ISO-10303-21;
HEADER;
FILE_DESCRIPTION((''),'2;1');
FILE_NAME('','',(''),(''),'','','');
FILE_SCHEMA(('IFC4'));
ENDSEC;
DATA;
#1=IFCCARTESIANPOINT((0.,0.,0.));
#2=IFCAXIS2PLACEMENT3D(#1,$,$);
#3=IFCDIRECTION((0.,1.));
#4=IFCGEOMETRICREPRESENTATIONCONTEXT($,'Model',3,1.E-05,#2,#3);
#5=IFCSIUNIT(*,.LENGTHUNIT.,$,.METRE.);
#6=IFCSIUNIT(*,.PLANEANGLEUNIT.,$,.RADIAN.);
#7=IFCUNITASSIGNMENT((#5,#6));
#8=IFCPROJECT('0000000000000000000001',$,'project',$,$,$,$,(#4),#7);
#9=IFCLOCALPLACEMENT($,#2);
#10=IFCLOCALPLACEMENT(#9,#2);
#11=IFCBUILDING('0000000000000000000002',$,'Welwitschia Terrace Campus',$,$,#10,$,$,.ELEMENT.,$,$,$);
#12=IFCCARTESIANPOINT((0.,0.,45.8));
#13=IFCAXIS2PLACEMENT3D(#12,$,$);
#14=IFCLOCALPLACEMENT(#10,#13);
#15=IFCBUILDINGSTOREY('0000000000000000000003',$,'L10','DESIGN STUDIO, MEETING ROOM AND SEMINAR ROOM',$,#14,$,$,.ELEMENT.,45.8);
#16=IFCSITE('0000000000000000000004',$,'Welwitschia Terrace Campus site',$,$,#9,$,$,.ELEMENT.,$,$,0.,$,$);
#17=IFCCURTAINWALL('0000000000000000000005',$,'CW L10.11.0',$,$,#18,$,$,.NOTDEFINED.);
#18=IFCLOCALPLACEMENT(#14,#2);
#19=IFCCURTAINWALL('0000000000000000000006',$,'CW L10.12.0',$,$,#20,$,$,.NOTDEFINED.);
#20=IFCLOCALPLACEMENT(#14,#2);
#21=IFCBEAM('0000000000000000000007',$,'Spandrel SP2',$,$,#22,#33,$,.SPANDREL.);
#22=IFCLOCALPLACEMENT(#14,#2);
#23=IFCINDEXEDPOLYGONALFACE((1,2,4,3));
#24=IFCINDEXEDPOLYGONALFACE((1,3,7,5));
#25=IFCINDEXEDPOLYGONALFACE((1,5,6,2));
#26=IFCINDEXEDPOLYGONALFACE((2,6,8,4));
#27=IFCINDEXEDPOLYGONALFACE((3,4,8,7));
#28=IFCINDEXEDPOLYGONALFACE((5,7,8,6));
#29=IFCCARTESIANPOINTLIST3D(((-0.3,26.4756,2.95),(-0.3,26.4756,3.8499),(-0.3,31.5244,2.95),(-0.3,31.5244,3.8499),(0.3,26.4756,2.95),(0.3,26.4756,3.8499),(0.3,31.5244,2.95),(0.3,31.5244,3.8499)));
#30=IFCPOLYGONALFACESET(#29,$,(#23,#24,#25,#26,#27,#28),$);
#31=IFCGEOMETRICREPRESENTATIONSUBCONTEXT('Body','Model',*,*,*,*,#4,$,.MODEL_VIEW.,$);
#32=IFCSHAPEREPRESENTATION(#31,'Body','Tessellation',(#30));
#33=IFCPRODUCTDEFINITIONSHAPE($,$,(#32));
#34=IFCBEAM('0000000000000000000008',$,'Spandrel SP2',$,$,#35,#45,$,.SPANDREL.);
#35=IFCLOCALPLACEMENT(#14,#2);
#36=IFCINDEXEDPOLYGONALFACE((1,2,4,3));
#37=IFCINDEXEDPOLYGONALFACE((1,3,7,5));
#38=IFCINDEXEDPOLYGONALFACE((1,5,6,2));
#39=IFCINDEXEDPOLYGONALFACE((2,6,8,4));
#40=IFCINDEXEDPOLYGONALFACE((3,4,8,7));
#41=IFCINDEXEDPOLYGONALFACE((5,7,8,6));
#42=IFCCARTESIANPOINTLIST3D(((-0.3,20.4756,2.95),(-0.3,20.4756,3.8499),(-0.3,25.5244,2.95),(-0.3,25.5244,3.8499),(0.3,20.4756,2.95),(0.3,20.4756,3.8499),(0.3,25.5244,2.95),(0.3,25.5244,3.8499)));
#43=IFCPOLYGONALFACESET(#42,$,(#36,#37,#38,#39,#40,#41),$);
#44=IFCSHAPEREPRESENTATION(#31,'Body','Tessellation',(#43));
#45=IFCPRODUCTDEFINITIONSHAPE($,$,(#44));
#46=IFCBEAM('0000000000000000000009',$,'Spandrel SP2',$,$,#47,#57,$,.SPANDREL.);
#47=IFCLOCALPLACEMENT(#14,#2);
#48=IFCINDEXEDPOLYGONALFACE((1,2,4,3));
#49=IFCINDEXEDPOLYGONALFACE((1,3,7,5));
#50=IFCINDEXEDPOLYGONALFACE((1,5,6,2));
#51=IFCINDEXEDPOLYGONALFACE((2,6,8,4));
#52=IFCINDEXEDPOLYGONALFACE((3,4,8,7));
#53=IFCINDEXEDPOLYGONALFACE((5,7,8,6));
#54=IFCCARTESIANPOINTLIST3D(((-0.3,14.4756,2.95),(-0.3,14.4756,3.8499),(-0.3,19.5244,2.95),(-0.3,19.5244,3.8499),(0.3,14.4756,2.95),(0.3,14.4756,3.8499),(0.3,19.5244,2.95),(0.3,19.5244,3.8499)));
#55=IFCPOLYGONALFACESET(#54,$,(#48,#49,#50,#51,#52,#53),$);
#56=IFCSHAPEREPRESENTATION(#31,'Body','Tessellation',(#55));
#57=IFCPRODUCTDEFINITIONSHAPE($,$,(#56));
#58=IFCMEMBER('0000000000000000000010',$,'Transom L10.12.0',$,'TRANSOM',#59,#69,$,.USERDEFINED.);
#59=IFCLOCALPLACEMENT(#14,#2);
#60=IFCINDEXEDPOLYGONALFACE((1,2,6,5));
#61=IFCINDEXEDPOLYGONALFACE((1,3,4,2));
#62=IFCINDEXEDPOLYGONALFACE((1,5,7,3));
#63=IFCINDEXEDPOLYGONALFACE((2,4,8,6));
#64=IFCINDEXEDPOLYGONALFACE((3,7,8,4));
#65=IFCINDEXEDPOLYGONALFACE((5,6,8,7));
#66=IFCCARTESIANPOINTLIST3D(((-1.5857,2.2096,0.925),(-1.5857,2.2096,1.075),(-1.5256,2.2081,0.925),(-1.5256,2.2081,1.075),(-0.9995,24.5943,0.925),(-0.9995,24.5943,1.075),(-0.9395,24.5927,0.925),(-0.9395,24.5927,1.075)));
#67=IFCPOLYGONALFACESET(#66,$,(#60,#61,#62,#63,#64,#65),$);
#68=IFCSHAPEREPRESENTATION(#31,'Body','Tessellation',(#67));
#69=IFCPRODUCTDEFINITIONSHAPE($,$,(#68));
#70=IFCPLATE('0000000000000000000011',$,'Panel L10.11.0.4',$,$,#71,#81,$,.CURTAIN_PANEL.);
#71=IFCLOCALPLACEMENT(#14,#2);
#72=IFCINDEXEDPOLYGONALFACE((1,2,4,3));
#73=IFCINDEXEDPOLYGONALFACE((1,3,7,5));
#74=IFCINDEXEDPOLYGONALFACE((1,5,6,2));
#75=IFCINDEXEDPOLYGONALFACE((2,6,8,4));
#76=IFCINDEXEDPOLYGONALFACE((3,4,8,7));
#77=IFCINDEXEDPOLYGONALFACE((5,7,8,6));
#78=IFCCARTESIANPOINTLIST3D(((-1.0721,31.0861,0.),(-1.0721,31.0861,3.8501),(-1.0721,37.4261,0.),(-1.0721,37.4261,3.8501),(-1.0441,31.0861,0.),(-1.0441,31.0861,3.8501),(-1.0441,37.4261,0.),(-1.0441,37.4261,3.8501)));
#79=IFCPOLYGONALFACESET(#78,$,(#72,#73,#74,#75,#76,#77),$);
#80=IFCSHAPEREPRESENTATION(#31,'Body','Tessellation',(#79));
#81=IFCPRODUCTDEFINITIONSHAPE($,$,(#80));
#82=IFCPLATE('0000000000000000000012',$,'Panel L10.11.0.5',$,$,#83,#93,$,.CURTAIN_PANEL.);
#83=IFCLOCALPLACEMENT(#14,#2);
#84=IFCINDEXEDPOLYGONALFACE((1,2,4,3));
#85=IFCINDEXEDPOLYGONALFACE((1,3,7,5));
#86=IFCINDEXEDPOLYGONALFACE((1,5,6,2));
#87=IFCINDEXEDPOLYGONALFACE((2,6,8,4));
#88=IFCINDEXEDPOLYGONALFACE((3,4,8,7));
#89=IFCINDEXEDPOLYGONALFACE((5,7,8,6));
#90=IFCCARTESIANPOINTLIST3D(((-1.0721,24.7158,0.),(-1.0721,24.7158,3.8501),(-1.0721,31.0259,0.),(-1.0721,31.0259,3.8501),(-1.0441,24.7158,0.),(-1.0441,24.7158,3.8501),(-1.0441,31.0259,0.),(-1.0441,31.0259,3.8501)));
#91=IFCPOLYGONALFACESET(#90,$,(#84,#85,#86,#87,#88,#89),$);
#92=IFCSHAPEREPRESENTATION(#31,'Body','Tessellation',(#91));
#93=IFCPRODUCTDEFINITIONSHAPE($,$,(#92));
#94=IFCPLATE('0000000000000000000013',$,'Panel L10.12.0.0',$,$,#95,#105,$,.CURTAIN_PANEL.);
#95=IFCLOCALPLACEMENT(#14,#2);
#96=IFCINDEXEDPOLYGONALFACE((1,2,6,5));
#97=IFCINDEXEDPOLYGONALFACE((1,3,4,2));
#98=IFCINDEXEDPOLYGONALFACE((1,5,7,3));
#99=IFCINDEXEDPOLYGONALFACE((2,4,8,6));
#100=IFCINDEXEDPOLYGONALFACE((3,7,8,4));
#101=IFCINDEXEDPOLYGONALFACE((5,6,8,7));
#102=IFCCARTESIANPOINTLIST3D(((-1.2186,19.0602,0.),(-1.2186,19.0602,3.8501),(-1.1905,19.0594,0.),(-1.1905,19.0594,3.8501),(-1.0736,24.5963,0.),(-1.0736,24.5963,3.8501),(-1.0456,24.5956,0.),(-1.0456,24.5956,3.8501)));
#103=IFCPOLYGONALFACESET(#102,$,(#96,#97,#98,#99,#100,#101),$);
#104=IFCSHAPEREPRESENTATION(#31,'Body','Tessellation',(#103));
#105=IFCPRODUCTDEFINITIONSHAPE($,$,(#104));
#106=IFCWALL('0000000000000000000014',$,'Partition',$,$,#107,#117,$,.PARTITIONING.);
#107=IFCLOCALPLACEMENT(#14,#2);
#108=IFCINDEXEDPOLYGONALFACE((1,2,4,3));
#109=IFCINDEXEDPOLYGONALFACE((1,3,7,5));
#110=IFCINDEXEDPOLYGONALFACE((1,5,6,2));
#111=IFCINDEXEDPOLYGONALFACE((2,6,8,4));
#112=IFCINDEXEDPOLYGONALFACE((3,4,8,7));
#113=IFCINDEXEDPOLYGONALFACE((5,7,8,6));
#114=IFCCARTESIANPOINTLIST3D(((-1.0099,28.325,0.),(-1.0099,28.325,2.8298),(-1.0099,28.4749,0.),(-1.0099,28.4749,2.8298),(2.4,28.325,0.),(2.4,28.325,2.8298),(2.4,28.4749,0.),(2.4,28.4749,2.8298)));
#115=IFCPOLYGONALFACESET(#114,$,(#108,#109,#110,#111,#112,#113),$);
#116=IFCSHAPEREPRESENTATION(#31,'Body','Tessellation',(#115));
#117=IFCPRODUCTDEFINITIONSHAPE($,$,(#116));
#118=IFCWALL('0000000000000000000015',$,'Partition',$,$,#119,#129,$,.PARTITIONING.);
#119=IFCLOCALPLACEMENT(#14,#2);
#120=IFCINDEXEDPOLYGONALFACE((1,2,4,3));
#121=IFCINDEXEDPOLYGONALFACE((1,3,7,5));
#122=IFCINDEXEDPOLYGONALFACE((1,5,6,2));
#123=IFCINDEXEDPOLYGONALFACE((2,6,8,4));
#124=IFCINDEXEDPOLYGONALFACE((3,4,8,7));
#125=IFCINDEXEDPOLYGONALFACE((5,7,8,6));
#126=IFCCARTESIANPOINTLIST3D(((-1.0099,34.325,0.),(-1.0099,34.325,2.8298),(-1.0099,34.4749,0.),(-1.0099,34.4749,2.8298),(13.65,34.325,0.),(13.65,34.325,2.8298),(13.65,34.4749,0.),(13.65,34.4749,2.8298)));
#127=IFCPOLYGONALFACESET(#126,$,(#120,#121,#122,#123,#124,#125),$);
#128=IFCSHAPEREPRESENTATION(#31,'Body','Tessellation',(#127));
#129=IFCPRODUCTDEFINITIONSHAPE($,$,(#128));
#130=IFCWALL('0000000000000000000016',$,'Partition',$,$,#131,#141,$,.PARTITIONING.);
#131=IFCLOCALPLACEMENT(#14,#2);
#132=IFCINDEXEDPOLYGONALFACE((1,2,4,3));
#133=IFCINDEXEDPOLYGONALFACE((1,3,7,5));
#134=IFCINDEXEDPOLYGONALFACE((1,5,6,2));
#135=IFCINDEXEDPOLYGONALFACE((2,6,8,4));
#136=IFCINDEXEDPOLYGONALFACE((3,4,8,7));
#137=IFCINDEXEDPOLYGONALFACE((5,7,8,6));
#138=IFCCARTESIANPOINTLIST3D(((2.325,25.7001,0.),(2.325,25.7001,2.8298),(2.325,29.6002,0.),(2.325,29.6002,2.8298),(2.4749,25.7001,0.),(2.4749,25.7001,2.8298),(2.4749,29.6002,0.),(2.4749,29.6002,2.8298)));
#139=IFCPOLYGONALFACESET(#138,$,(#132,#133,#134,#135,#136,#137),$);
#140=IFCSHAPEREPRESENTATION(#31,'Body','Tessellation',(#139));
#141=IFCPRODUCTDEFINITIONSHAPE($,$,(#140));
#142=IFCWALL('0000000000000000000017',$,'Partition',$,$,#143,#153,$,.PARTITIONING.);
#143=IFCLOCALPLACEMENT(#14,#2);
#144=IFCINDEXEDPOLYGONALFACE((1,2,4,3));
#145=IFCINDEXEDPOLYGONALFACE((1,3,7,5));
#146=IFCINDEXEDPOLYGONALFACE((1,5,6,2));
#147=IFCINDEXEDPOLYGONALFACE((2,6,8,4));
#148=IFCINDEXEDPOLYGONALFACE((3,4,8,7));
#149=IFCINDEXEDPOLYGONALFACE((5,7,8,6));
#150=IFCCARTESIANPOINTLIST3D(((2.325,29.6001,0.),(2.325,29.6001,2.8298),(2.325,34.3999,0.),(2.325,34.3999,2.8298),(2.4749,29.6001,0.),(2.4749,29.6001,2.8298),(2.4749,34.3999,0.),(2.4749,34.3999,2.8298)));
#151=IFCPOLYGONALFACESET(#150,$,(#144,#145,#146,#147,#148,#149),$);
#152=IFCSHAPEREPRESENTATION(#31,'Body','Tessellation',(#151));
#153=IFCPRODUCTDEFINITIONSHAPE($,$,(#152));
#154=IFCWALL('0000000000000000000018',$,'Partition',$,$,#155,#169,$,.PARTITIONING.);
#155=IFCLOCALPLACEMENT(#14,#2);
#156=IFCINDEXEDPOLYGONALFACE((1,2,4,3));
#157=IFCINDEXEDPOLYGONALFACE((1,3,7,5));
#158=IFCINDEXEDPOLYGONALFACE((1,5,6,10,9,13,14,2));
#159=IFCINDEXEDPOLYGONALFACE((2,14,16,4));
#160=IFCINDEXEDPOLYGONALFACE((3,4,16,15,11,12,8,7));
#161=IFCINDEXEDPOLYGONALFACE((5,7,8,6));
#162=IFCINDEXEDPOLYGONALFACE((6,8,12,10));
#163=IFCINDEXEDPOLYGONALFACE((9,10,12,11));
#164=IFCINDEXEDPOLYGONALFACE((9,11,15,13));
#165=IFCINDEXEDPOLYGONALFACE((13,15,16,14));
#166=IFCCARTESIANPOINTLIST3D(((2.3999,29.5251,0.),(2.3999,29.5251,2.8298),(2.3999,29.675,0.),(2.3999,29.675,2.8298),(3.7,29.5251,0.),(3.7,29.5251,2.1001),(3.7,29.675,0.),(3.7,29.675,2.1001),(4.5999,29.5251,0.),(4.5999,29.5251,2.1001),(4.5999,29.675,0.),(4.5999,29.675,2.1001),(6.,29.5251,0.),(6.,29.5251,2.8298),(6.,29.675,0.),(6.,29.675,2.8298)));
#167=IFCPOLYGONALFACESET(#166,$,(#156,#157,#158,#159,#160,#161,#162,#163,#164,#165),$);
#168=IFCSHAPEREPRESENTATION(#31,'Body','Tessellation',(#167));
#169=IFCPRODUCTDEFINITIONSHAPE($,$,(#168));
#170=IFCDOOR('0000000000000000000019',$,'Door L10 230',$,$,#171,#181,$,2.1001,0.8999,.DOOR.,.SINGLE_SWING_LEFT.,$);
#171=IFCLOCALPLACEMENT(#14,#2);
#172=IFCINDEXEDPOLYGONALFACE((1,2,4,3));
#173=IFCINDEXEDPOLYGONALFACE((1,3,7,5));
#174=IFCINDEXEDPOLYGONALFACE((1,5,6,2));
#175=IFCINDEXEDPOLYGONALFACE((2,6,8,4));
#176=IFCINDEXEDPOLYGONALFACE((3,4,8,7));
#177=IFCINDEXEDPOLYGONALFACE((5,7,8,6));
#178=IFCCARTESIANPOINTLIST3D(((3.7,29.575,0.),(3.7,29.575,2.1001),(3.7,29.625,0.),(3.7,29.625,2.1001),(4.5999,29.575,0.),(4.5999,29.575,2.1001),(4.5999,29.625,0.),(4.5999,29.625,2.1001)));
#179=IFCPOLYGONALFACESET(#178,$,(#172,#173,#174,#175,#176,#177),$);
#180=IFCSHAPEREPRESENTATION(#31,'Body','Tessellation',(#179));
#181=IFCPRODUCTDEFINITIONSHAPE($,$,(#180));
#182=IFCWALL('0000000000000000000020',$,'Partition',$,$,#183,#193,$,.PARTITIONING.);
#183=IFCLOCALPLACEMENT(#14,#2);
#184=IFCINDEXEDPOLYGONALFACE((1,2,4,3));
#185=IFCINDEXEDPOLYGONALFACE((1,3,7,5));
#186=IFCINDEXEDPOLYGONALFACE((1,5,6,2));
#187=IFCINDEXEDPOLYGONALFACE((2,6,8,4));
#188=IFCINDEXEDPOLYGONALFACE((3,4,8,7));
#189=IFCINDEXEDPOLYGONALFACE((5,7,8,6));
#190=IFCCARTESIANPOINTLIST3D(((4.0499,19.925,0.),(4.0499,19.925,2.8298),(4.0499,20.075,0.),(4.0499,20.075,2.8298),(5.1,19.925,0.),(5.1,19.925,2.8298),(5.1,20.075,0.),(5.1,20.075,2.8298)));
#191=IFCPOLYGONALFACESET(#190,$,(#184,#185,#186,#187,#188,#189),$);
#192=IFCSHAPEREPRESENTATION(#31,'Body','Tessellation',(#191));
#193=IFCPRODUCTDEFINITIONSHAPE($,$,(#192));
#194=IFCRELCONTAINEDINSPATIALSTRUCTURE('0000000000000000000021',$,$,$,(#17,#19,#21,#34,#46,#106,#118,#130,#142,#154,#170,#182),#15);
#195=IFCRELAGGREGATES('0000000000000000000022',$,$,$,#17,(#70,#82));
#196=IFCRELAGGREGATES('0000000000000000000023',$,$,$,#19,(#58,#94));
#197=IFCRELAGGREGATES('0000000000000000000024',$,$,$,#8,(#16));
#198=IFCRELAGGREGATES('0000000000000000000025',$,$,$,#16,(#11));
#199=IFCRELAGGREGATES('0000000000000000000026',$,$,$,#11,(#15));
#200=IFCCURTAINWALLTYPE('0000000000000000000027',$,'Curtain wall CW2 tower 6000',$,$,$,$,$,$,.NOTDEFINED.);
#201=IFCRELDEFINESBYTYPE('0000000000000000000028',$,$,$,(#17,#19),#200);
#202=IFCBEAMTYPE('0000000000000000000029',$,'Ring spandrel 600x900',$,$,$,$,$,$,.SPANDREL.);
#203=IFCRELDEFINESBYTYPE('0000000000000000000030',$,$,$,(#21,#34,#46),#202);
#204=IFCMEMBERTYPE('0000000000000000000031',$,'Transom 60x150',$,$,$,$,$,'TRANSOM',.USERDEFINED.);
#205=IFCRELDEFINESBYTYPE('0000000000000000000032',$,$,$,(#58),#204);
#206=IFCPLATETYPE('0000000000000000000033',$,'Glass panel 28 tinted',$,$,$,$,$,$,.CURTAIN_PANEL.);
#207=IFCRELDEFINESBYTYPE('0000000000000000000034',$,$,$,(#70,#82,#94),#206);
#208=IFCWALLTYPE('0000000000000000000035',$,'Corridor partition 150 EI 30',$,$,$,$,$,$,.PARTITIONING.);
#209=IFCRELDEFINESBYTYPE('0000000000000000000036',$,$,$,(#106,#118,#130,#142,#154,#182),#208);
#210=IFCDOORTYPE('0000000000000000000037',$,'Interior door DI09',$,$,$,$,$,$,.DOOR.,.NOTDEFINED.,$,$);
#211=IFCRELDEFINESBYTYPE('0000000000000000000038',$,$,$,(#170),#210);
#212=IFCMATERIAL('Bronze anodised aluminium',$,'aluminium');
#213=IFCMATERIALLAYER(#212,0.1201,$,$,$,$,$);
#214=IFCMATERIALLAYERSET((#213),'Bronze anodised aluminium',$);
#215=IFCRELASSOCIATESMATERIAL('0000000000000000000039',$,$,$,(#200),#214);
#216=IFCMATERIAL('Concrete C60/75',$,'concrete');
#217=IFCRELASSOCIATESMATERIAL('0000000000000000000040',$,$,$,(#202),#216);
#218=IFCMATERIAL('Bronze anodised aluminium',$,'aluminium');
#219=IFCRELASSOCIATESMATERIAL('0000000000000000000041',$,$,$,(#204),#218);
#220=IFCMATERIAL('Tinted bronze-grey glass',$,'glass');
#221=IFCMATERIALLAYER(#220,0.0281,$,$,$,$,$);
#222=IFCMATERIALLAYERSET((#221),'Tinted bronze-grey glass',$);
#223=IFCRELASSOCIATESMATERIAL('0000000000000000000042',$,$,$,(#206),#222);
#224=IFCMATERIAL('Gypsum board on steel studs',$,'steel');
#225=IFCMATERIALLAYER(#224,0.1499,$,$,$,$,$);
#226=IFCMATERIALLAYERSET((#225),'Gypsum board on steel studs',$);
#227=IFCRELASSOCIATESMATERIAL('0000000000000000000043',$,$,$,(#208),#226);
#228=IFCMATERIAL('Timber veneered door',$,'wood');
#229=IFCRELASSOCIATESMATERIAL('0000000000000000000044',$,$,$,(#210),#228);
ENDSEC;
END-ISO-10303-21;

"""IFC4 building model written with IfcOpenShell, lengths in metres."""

from ifc_helpers import new_model, si_unit, direction, frame, frame_2d, origin, origin_2d, place, context, subcontext, project, spatial, rectangle, extrude, material, layer, layer_set, material_profile, profile_set, type_object, element, fill, aggregate, save


model = new_model("IFC4")

# Units and contexts
model_context = context("Model", 3, precision=1e-05, world=origin(), true_north=direction((0.0, 1.0)))
body_context = subcontext(model_context, "Body", "Model", "MODEL_VIEW")
ifc_project = project(units=[si_unit("LENGTHUNIT", "METRE"), si_unit("PLANEANGLEUNIT", "RADIAN")], contexts=[model_context])

# Site, building, storey
site_placement = place(None, origin())
site = spatial("IfcSite", under=ifc_project, at=site_placement, Name="Welwitschia Terrace Campus site", CompositionType="ELEMENT", RefElevation=0.0)
building_placement = place(site_placement, origin())
building = spatial("IfcBuilding", under=site, at=building_placement, Name="Welwitschia Terrace Campus", CompositionType="ELEMENT")
storey_placement = place(building_placement, frame((0.0, 0.0, 45.8)))
storey = spatial("IfcBuildingStorey", under=building, at=storey_placement, Name="L10", Description="DESIGN STUDIO, MEETING ROOM AND SEMINAR ROOM", CompositionType="ELEMENT", Elevation=45.8)

# Curtain walls
ifc_material_1 = material(Name="Bronze anodised aluminium", Category="aluminium")
ifc_layer_1 = layer(ifc_material_1, 0.1201)
ifc_layer_set_1 = layer_set([ifc_layer_1], Name="Bronze anodised aluminium")
curtain_wall_type = type_object("IfcCurtainWallType", Name="Curtain wall CW2 tower 6000", PredefinedType="NOTDEFINED", material=ifc_layer_set_1)
curtain_wall_1_placement = place(storey_placement, origin())
curtain_wall_1 = element("IfcCurtainWall", 1, at=curtain_wall_1_placement, inside=storey, type_object=curtain_wall_type, Name="CW L10.11.0", PredefinedType="NOTDEFINED")
curtain_wall_2_placement = place(storey_placement, origin())
curtain_wall_2 = element("IfcCurtainWall", 2, at=curtain_wall_2_placement, inside=storey, type_object=curtain_wall_type, Name="CW L10.12.0", PredefinedType="NOTDEFINED")

# Beams
ifc_material_2 = material(Name="Concrete C60/75", Category="concrete")
ifc_material_profile_1 = material_profile(ifc_material_2, rectangle(XDim=0.6001, YDim=0.8999, at=origin_2d()))
ifc_profile_set_1 = profile_set([ifc_material_profile_1], Name="Concrete C60/75")
beam_type_1 = type_object("IfcBeamType", Name="Ring spandrel 600x900", PredefinedType="SPANDREL", material=ifc_profile_set_1)
for number, where, z_axis, x_axis, name in (
    (3, (0.0, 31.5244, 3.3999), (0.0, -1.0, 0.0), (1.0, 0.0, 0.0), "Spandrel SP2"),
    (4, (0.0, 25.5244, 3.3999), (0.0, -1.0, 0.0), (1.0, 0.0, 0.0), "Spandrel SP2"),
    (5, (0.0, 19.5244, 3.3999), (0.0, -1.0, 0.0), (1.0, 0.0, 0.0), "Spandrel SP2"),
):
    element("IfcBeam", number, at=place(storey_placement, frame(where, z_axis=z_axis, x_axis=x_axis)), inside=storey, type_object=beam_type_1, Name=name, PredefinedType="SPANDREL", context=body_context, shape_type="SweptSolid", body=[
        extrude(rectangle(XDim=0.6001, YDim=0.8999, at=origin_2d()), origin(), (0.0, 0.0, 1.0), 5.0488),
    ])

# Member
ifc_material_3 = material(Name="Bronze anodised aluminium", Category="aluminium")
ifc_material_profile_2 = material_profile(ifc_material_3, rectangle(XDim=0.0601, YDim=0.1499, at=origin_2d()))
ifc_profile_set_2 = profile_set([ifc_material_profile_2], Name="Bronze anodised aluminium")
member_type_1 = type_object("IfcMemberType", Name="Transom 60x150", ElementType="TRANSOM", PredefinedType="USERDEFINED", material=ifc_profile_set_2)
member_1_placement = place(storey_placement, frame((-0.9695, 24.5935, 1.0), z_axis=(-0.026178, -0.999657, 0.0), x_axis=(0.999657, -0.026178, 0.0)))
member_1 = element("IfcMember", 6, at=member_1_placement, type_object=member_type_1, Name="Transom L10.12.0", ObjectType="TRANSOM", PredefinedType="USERDEFINED", context=body_context, shape_type="SweptSolid", body=[
    extrude(rectangle(XDim=0.0601, YDim=0.1499, at=origin_2d()), origin(), (0.0, 0.0, 1.0), 22.3923),
])

# Plates
ifc_material_4 = material(Name="Tinted bronze-grey glass", Category="glass")
ifc_layer_2 = layer(ifc_material_4, 0.0281)
ifc_layer_set_2 = layer_set([ifc_layer_2], Name="Tinted bronze-grey glass")
plate_type = type_object("IfcPlateType", Name="Glass panel 28 tinted", PredefinedType="CURTAIN_PANEL", material=ifc_layer_set_2)
plate_1_placement = place(storey_placement, frame((-1.0581, 34.2561, 0.0), z_axis=(0.0, 0.0, 1.0), x_axis=(0.0, -1.0, 0.0)))
plate_1 = element("IfcPlate", 7, at=plate_1_placement, type_object=plate_type, Name="Panel L10.11.0.4", PredefinedType="CURTAIN_PANEL", context=body_context, shape_type="SweptSolid", body=[
    extrude(rectangle(XDim=6.3401, YDim=0.0281, at=origin_2d()), origin(), (0.0, 0.0, 1.0), 3.8501),
])
plate_2_placement = place(storey_placement, frame((-1.0581, 27.8708, 0.0), z_axis=(0.0, 0.0, 1.0), x_axis=(0.0, -1.0, 0.0)))
plate_2 = element("IfcPlate", 8, at=plate_2_placement, type_object=plate_type, Name="Panel L10.11.0.5", PredefinedType="CURTAIN_PANEL", context=body_context, shape_type="SweptSolid", body=[
    extrude(rectangle(XDim=6.3101, YDim=0.0281, at=origin_2d()), origin(), (0.0, 0.0, 1.0), 3.8501),
])
aggregate(curtain_wall_1, [plate_1, plate_2])
plate_3_placement = place(storey_placement, frame((-1.1321, 21.8279, 0.0), z_axis=(0.0, 0.0, 1.0), x_axis=(-0.026177, -0.999657, 0.0)))
plate_3 = element("IfcPlate", 9, at=plate_3_placement, type_object=plate_type, Name="Panel L10.12.0.0", PredefinedType="CURTAIN_PANEL", context=body_context, shape_type="SweptSolid", body=[
    extrude(rectangle(XDim=5.5381, YDim=0.0281, at=origin_2d()), origin(), (0.0, 0.0, 1.0), 3.8501),
])
aggregate(curtain_wall_2, [member_1, plate_3])

# Walls
ifc_material_5 = material(Name="Gypsum board on steel studs", Category="steel")
ifc_layer_3 = layer(ifc_material_5, 0.1499)
ifc_layer_set_3 = layer_set([ifc_layer_3], Name="Gypsum board on steel studs")
wall_type = type_object("IfcWallType", Name="Corridor partition 150 EI 30", PredefinedType="PARTITIONING", material=ifc_layer_set_3)
wall_1_placement = place(storey_placement, frame((-1.01, 28.3999, 0.0), z_axis=(0.0, 0.0, 1.0), x_axis=(1.0, 0.0, 0.0)))
element("IfcWall", 10, at=wall_1_placement, inside=storey, type_object=wall_type, Name="Partition", PredefinedType="PARTITIONING", context=body_context, shape_type="SweptSolid", body=[
    extrude(rectangle(XDim=3.4099, YDim=0.1499, at=frame_2d((1.7051, 0.0))), origin(), (0.0, 0.0, 1.0), 2.8298),
])
wall_2_placement = place(storey_placement, frame((-1.01, 34.3999, 0.0), z_axis=(0.0, 0.0, 1.0), x_axis=(1.0, 0.0, 0.0)))
element("IfcWall", 11, at=wall_2_placement, inside=storey, type_object=wall_type, Name="Partition", PredefinedType="PARTITIONING", context=body_context, shape_type="SweptSolid", body=[
    extrude(rectangle(XDim=14.6599, YDim=0.1499, at=frame_2d((7.3301, 0.0))), origin(), (0.0, 0.0, 1.0), 2.8298),
])
wall_3_placement = place(storey_placement, frame((2.3999, 25.7, 0.0), z_axis=(0.0, 0.0, 1.0), x_axis=(0.0, 1.0, 0.0)))
element("IfcWall", 12, at=wall_3_placement, inside=storey, type_object=wall_type, Name="Partition", PredefinedType="PARTITIONING", context=body_context, shape_type="SweptSolid", body=[
    extrude(rectangle(XDim=3.9001, YDim=0.1499, at=frame_2d((1.9502, 0.0))), origin(), (0.0, 0.0, 1.0), 2.8298),
])
wall_4_placement = place(storey_placement, frame((2.3999, 29.6001, 0.0), z_axis=(0.0, 0.0, 1.0), x_axis=(0.0, 1.0, 0.0)))
element("IfcWall", 13, at=wall_4_placement, inside=storey, type_object=wall_type, Name="Partition", PredefinedType="PARTITIONING", context=body_context, shape_type="SweptSolid", body=[
    extrude(rectangle(XDim=4.7998, YDim=0.1499, at=frame_2d((2.3999, 0.0))), origin(), (0.0, 0.0, 1.0), 2.8298),
])

# Wall, opening, door
wall_5_placement = place(storey_placement, frame((2.3999, 29.6001, 0.0), z_axis=(0.0, 0.0, 1.0), x_axis=(1.0, 0.0, 0.0)))
wall_5 = element("IfcWall", 14, at=wall_5_placement, inside=storey, type_object=wall_type, Name="Partition", PredefinedType="PARTITIONING", context=body_context, shape_type="SweptSolid", body=[
    extrude(rectangle(XDim=3.6001, YDim=0.1499, at=frame_2d((1.8, 0.0))), origin(), (0.0, 0.0, 1.0), 2.8298),
])
opening_placement = place(wall_5_placement, frame((1.3, 0.0, 0.0)))
opening = element("IfcOpeningElement", 15, at=opening_placement, cuts=wall_5, PredefinedType="OPENING", context=body_context, shape_type="SweptSolid", body=[
    extrude(rectangle(XDim=0.8999, YDim=2.1001, at=frame_2d((0.45, 1.05))), frame((0.0, 0.085, 0.0), z_axis=(0.0, -1.0, 0.0), x_axis=(1.0, 0.0, 0.0)), (0.0, 0.0, 1.0), 0.1699),
])
ifc_material_6 = material(Name="Timber veneered door", Category="wood")
door_type = type_object("IfcDoorType", Name="Interior door DI09", OperationType="NOTDEFINED", PredefinedType="DOOR", material=ifc_material_6)
door_placement = place(opening_placement, origin())
door = element("IfcDoor", 16, at=door_placement, inside=storey, type_object=door_type, Name="Door L10 230", OperationType="SINGLE_SWING_LEFT", OverallHeight=2.1001, OverallWidth=0.8999, PredefinedType="DOOR", context=body_context, shape_type="SweptSolid", body=[
    extrude(rectangle(XDim=0.8999, YDim=2.1001, at=frame_2d((0.45, 1.05))), frame((0.0, 0.0249, 0.0), z_axis=(0.0, -1.0, 0.0), x_axis=(1.0, 0.0, 0.0)), (0.0, 0.0, 1.0), 0.05),
])
fill(opening, door)

# Wall
wall_6_placement = place(storey_placement, frame((4.05, 20.0, 0.0), z_axis=(0.0, 0.0, 1.0), x_axis=(1.0, 0.0, 0.0)))
element("IfcWall", 17, at=wall_6_placement, inside=storey, type_object=wall_type, Name="Partition", PredefinedType="PARTITIONING", context=body_context, shape_type="SweptSolid", body=[
    extrude(rectangle(XDim=1.05, YDim=0.1499, at=frame_2d((0.5249, 0.0))), origin(), (0.0, 0.0, 1.0), 2.8298),
])

save(model, "model.ifc")
